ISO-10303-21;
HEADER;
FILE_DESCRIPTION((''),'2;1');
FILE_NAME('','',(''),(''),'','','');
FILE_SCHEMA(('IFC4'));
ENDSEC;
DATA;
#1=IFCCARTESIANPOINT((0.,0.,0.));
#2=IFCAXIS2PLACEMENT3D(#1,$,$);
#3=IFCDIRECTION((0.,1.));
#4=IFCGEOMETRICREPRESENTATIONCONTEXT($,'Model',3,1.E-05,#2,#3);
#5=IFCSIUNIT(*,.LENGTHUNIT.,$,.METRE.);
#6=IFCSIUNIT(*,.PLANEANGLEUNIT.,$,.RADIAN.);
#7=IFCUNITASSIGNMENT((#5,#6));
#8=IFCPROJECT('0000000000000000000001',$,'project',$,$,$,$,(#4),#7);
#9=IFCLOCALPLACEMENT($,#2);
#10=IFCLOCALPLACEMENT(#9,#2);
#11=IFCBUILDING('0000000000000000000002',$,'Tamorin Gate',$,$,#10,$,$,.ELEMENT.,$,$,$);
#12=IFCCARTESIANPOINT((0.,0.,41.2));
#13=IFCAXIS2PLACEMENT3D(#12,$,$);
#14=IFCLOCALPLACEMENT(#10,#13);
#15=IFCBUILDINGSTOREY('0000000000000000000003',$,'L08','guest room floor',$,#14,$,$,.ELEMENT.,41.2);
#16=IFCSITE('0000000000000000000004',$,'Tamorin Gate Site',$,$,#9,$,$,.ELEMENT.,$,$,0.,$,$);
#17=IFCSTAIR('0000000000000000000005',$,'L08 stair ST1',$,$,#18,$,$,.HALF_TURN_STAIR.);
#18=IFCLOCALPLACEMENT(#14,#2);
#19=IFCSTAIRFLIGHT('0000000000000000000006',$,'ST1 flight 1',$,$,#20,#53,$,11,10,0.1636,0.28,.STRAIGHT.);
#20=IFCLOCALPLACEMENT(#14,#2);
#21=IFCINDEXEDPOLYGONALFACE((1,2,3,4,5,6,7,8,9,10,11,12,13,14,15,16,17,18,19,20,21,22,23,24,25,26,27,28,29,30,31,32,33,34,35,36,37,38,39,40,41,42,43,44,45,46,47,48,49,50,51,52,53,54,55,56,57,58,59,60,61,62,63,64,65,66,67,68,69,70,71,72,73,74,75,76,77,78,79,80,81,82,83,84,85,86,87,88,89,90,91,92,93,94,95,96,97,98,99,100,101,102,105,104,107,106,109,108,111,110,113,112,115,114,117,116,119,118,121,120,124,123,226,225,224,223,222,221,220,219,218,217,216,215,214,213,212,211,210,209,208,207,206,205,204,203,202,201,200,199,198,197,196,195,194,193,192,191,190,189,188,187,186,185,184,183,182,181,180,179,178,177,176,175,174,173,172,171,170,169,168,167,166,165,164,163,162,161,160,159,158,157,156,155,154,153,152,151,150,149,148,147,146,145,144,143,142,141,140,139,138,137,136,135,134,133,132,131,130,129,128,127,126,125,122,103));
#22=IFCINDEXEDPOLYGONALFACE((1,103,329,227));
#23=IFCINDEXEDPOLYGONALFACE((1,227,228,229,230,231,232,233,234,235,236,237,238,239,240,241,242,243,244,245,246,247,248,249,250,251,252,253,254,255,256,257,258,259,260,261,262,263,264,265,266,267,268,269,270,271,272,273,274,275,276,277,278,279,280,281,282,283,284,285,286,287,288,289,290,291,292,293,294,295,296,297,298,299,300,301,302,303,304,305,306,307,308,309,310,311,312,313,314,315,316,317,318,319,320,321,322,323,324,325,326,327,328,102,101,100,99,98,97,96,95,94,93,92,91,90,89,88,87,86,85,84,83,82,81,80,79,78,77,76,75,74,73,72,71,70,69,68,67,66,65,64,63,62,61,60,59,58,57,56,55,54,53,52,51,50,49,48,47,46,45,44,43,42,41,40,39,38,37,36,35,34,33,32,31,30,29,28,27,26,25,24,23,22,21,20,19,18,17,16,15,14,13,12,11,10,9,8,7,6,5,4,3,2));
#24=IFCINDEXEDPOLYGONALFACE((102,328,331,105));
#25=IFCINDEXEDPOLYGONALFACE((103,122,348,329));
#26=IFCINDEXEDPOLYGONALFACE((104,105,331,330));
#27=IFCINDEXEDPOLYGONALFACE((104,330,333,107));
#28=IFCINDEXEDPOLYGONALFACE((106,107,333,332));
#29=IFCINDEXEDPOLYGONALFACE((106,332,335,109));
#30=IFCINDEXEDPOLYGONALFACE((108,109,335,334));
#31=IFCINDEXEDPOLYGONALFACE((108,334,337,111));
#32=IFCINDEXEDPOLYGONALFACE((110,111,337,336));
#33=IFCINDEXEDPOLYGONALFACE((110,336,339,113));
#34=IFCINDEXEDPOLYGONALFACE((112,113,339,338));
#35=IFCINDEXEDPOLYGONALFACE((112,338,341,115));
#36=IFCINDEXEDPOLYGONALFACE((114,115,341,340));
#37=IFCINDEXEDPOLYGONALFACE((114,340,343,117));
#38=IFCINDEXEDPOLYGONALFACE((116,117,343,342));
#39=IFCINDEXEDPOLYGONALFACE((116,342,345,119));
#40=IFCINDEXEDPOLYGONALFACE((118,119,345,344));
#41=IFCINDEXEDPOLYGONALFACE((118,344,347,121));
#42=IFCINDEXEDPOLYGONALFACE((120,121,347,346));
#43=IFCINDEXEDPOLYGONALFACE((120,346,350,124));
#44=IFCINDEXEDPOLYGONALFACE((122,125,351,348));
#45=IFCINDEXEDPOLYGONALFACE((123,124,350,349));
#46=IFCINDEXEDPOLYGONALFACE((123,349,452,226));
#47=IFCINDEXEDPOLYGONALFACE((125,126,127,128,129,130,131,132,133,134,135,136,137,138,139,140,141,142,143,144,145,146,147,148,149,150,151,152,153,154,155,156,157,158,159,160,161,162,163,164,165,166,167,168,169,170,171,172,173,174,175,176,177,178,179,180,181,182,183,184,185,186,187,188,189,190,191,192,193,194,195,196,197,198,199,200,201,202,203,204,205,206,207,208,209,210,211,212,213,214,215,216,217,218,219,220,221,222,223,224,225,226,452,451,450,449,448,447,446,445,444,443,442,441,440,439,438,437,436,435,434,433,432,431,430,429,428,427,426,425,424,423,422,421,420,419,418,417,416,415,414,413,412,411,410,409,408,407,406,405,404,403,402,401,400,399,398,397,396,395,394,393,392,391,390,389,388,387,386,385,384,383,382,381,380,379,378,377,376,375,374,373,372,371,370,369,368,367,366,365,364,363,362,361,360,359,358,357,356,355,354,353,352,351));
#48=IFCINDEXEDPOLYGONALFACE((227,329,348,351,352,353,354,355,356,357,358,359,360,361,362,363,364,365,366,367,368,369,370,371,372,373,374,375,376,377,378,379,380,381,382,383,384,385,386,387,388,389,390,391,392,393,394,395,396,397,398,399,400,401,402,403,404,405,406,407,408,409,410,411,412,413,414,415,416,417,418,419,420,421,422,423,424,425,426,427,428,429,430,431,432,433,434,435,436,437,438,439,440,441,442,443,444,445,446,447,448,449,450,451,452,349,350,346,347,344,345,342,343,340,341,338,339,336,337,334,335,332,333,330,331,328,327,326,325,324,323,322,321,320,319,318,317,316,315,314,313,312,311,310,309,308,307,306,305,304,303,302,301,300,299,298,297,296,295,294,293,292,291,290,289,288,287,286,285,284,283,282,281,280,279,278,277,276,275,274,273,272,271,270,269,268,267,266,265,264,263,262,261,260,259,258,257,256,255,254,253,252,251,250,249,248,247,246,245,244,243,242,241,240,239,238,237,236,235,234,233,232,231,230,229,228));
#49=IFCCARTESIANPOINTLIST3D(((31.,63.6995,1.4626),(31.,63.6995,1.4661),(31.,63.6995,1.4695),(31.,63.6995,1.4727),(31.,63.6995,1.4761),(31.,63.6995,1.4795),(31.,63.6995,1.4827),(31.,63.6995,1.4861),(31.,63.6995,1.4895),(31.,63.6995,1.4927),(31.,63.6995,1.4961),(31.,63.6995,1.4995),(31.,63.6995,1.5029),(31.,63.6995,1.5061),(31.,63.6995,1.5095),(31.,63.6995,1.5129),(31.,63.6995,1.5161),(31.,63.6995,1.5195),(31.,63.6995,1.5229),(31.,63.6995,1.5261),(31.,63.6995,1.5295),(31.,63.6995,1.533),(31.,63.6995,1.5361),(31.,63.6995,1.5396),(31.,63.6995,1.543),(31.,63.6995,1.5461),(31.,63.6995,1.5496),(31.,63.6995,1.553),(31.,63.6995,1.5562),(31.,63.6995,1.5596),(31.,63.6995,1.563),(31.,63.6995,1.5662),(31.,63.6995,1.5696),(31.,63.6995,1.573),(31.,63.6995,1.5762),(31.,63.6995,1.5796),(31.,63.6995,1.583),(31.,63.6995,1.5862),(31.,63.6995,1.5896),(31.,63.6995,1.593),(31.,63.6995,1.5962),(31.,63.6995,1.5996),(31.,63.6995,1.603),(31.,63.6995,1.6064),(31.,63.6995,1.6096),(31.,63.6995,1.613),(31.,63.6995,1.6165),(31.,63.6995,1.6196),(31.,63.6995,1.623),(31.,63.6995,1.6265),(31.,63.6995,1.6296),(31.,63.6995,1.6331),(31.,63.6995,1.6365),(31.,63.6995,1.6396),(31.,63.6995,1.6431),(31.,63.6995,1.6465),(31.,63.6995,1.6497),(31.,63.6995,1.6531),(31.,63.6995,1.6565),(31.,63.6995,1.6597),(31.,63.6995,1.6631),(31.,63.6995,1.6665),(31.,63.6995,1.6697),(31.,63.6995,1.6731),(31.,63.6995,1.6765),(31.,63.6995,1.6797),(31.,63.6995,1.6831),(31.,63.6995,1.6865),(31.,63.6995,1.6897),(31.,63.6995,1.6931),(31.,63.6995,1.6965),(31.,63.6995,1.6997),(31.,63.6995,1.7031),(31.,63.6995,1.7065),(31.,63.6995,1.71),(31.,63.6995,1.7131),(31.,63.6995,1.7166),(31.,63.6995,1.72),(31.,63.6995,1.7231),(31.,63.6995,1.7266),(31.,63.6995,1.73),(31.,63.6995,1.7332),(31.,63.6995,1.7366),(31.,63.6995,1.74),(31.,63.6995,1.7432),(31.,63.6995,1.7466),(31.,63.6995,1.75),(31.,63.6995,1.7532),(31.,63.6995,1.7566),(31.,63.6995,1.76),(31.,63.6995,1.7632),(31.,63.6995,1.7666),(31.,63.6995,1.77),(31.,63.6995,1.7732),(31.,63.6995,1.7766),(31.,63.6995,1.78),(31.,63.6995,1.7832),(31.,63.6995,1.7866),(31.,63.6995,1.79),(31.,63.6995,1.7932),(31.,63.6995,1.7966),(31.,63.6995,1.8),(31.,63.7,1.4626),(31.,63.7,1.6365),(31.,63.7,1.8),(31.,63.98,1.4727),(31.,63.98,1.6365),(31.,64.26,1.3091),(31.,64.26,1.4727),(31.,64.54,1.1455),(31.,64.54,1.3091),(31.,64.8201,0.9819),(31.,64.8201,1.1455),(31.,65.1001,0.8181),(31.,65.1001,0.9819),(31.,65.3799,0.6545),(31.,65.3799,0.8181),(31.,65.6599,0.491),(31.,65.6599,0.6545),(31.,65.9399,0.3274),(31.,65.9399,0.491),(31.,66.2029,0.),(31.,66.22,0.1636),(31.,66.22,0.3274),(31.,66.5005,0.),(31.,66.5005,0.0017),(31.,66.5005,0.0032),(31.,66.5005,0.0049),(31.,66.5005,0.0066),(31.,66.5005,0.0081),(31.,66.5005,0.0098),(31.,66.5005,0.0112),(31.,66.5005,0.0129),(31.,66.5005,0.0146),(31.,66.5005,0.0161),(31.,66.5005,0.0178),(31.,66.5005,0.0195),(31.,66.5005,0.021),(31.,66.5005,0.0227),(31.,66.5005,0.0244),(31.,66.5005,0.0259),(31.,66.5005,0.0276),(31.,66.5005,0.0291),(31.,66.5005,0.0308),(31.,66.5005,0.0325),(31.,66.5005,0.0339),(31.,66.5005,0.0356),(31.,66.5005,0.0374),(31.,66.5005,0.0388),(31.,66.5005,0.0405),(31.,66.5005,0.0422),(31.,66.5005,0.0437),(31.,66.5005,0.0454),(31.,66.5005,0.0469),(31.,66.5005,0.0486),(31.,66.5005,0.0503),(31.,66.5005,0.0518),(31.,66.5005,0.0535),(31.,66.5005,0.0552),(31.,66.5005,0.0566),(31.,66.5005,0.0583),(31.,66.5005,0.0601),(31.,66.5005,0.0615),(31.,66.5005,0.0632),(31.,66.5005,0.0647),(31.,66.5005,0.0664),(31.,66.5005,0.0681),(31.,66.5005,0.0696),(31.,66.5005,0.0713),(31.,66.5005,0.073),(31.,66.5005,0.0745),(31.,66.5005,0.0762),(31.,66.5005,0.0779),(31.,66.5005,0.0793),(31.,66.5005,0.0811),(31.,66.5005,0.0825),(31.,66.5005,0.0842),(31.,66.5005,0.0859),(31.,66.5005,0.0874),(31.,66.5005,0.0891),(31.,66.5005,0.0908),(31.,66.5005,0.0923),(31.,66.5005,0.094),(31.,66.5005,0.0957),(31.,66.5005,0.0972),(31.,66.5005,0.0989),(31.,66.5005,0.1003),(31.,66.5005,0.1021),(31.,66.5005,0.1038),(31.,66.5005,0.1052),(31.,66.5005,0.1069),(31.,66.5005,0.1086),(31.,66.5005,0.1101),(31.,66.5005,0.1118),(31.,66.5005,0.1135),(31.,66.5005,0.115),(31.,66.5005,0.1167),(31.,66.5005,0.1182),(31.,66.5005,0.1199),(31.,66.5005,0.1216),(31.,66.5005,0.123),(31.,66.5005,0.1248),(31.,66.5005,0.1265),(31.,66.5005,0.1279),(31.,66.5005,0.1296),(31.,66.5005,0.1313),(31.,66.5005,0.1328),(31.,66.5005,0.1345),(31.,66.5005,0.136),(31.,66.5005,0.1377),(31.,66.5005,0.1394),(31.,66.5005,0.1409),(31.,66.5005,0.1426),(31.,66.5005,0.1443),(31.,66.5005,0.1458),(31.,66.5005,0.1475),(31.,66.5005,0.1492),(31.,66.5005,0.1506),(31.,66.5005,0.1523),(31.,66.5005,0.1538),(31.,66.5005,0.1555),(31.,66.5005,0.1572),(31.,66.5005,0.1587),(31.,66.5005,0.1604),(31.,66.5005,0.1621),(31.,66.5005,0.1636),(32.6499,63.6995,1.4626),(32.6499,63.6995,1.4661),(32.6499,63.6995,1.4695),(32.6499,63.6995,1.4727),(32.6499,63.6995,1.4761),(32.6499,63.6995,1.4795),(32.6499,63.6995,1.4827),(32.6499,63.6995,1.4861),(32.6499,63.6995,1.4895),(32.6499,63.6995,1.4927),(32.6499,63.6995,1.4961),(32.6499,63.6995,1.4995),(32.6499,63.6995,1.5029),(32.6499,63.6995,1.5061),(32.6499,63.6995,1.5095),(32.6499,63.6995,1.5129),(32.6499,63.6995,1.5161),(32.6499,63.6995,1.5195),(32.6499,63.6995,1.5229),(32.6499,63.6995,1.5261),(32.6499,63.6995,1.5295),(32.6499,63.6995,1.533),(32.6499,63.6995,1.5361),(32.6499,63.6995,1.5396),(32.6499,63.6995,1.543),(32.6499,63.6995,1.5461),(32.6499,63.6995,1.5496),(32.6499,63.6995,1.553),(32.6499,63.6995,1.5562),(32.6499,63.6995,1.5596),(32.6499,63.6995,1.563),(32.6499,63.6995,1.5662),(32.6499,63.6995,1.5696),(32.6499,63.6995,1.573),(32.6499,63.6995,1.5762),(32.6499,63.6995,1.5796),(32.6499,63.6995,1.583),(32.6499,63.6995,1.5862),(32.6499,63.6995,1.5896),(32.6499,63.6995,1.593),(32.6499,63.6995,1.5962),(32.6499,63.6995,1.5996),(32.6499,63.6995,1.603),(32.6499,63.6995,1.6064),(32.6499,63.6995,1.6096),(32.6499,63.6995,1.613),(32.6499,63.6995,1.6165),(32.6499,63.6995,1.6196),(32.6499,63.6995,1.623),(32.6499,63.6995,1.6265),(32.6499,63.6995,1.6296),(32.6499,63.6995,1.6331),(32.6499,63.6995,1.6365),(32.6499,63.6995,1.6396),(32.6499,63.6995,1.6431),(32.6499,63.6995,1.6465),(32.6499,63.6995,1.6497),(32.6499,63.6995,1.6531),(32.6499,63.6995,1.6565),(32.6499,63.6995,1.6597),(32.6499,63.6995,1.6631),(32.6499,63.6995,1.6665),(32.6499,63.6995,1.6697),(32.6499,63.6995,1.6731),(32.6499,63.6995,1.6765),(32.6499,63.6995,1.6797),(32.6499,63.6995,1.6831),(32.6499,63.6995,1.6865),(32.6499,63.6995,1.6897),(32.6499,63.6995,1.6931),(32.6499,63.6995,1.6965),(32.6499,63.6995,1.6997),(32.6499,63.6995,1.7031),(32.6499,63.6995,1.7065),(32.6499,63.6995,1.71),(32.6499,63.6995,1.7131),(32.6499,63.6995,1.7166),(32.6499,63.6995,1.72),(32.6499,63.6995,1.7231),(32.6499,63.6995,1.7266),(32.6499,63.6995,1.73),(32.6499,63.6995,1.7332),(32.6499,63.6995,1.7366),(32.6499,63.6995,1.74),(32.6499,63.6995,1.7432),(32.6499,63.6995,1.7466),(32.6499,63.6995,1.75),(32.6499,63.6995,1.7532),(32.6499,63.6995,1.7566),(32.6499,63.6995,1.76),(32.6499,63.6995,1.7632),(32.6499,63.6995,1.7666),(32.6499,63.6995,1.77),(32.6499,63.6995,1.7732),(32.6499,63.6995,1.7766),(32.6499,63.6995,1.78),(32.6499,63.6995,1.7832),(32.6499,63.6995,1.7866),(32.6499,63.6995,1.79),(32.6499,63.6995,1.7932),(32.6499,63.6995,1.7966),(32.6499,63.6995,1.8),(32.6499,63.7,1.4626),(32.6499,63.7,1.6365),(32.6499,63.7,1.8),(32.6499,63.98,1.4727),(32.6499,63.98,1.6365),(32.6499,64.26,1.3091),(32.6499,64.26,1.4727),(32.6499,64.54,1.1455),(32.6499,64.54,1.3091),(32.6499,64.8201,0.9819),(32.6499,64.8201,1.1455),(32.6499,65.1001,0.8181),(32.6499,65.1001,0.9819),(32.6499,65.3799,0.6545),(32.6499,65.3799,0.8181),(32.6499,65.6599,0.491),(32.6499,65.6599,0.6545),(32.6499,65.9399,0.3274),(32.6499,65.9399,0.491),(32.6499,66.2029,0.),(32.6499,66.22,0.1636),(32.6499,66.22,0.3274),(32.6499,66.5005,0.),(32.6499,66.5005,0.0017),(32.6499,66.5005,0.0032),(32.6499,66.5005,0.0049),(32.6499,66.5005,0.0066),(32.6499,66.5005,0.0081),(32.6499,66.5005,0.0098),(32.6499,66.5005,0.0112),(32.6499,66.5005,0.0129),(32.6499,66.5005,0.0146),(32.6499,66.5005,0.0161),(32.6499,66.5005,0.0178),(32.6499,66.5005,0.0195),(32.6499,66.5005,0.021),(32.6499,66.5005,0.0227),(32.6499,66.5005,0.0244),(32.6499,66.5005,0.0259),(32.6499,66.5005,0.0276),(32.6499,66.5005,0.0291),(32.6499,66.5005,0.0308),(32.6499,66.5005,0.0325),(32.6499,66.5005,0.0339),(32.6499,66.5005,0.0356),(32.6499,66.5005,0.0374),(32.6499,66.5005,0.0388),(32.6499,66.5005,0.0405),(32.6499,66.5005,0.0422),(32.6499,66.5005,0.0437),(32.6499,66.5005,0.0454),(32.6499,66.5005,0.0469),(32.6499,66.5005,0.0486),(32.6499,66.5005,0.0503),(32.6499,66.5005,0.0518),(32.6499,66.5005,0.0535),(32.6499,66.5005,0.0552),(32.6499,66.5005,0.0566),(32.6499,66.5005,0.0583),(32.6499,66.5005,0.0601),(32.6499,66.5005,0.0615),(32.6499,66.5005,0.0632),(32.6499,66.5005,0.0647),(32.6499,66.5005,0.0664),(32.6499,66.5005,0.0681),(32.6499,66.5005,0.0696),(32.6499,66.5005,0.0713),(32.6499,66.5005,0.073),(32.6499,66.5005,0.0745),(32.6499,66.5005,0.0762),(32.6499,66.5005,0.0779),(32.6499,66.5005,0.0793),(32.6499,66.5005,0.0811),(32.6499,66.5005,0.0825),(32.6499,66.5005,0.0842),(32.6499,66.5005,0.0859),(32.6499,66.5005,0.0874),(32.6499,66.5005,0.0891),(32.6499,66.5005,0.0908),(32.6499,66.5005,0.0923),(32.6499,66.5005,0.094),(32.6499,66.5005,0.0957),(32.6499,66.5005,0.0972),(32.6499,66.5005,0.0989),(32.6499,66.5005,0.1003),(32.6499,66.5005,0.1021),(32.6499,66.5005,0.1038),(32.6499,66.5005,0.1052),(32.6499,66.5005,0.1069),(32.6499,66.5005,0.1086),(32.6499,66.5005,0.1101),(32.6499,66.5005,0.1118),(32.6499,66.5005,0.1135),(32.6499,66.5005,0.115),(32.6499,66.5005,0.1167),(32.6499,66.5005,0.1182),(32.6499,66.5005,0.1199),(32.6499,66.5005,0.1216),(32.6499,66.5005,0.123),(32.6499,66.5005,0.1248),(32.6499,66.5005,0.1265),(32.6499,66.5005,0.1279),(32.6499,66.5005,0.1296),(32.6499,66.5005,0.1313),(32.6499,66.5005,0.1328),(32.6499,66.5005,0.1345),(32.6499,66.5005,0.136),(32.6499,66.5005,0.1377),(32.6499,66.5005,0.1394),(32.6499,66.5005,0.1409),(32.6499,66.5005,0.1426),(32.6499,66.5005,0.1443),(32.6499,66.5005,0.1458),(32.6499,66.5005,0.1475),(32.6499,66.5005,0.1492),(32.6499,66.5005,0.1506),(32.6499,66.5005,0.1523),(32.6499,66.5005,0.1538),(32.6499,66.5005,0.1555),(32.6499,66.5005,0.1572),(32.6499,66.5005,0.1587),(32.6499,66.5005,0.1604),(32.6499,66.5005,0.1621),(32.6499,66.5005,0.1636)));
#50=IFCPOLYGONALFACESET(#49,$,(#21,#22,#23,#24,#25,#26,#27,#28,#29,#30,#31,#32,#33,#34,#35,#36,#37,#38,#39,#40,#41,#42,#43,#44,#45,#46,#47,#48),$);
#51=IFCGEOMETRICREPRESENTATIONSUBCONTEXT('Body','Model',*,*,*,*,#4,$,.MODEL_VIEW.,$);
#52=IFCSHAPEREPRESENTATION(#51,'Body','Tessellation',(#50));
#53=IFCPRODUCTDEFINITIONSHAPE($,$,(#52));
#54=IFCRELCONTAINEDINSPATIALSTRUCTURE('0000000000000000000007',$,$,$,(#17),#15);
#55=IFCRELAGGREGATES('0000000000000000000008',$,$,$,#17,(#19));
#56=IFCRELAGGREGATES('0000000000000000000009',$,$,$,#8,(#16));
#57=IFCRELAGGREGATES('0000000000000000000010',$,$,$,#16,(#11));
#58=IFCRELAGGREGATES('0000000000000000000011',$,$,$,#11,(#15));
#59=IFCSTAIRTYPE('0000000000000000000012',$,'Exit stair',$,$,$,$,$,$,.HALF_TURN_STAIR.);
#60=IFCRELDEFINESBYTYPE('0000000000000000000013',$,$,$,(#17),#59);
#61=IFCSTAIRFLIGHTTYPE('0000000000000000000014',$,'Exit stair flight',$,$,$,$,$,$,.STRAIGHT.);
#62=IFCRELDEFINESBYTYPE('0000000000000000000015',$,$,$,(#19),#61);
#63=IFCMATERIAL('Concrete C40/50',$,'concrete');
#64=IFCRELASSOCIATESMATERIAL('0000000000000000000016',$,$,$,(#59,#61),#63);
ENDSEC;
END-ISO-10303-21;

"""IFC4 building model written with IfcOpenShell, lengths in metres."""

from ifc_helpers import new_model, si_unit, direction, frame, origin, place, context, subcontext, project, spatial, polyline, outline, extrude, material, type_object, element, aggregate, save


model = new_model("IFC4")

# Units and contexts
model_context = context("Model", 3, precision=1e-05, world=origin(), true_north=direction((0.0, 1.0)))
body_context = subcontext(model_context, "Body", "Model", "MODEL_VIEW")
ifc_project = project(units=[si_unit("LENGTHUNIT", "METRE"), si_unit("PLANEANGLEUNIT", "RADIAN")], contexts=[model_context])

# Site, building, storey
site_placement = place(None, origin())
site = spatial("IfcSite", under=ifc_project, at=site_placement, Name="Tamorin Gate Site", CompositionType="ELEMENT", RefElevation=0.0)
building_placement = place(site_placement, origin())
building = spatial("IfcBuilding", under=site, at=building_placement, Name="Tamorin Gate", CompositionType="ELEMENT")
storey_placement = place(building_placement, frame((0.0, 0.0, 41.2)))
storey = spatial("IfcBuildingStorey", under=building, at=storey_placement, Name="L08", Description="guest room floor", CompositionType="ELEMENT", Elevation=41.2)

# Shared definitions
ifc_material_1 = material(Name="Concrete C40/50", Category="concrete")

# Stair, stair flight
stair_type = type_object("IfcStairType", Name="Exit stair", PredefinedType="HALF_TURN_STAIR", material=ifc_material_1)
stair_placement = place(storey_placement, origin())
stair = element("IfcStair", 1, at=stair_placement, inside=storey, type_object=stair_type, Name="L08 stair ST1", PredefinedType="HALF_TURN_STAIR")
stair_flight_type = type_object("IfcStairFlightType", Name="Exit stair flight", PredefinedType="STRAIGHT", material=ifc_material_1)
stair_flight_1_placement = place(storey_placement, frame((31.825, 66.5, 0.0), z_axis=(0.0, 0.0, 1.0), x_axis=(0.0, -1.0, 0.0)))
stair_flight_1 = element("IfcStairFlight", 2, at=stair_flight_1_placement, type_object=stair_flight_type, Name="ST1 flight 1", NumberOfRisers=11, NumberOfTreads=10, PredefinedType="STRAIGHT", RiserHeight=0.1636, TreadLength=0.28, context=body_context, shape_type="SweptSolid", body=[
    extrude(outline(polyline([(-0.0005, 0.0), (-0.0005, 0.0017), (-0.0005, 0.0032), (-0.0005, 0.0049), (-0.0005, 0.0066), (-0.0005, 0.0081), (-0.0005, 0.0098), (-0.0005, 0.0112), (-0.0005, 0.0129), (-0.0005, 0.0146), (-0.0005, 0.0161), (-0.0005, 0.0178), (-0.0005, 0.0195), (-0.0005, 0.021), (-0.0005, 0.0227), (-0.0005, 0.0244), (-0.0005, 0.0259), (-0.0005, 0.0276), (-0.0005, 0.0291), (-0.0005, 0.0308), (-0.0005, 0.0325), (-0.0005, 0.0339), (-0.0005, 0.0356), (-0.0005, 0.0374), (-0.0005, 0.0388), (-0.0005, 0.0405), (-0.0005, 0.0422), (-0.0005, 0.0437), (-0.0005, 0.0454), (-0.0005, 0.0469), (-0.0005, 0.0486), (-0.0005, 0.0503), (-0.0005, 0.0518), (-0.0005, 0.0535), (-0.0005, 0.0552), (-0.0005, 0.0566), (-0.0005, 0.0583), (-0.0005, 0.0601), (-0.0005, 0.0615), (-0.0005, 0.0632), (-0.0005, 0.0647), (-0.0005, 0.0664), (-0.0005, 0.0681), (-0.0005, 0.0696), (-0.0005, 0.0713), (-0.0005, 0.073), (-0.0005, 0.0745), (-0.0005, 0.0762), (-0.0005, 0.0779), (-0.0005, 0.0793), (-0.0005, 0.0811), (-0.0005, 0.0825), (-0.0005, 0.0842), (-0.0005, 0.0859), (-0.0005, 0.0874), (-0.0005, 0.0891), (-0.0005, 0.0908), (-0.0005, 0.0923), (-0.0005, 0.094), (-0.0005, 0.0957), (-0.0005, 0.0972), (-0.0005, 0.0989), (-0.0005, 0.1003), (-0.0005, 0.1021), (-0.0005, 0.1038), (-0.0005, 0.1052), (-0.0005, 0.1069), (-0.0005, 0.1086), (-0.0005, 0.1101), (-0.0005, 0.1118), (-0.0005, 0.1135), (-0.0005, 0.115), (-0.0005, 0.1167), (-0.0005, 0.1182), (-0.0005, 0.1199), (-0.0005, 0.1216), (-0.0005, 0.123), (-0.0005, 0.1248), (-0.0005, 0.1265), (-0.0005, 0.1279), (-0.0005, 0.1296), (-0.0005, 0.1313), (-0.0005, 0.1328), (-0.0005, 0.1345), (-0.0005, 0.136), (-0.0005, 0.1377), (-0.0005, 0.1394), (-0.0005, 0.1409), (-0.0005, 0.1426), (-0.0005, 0.1443), (-0.0005, 0.1458), (-0.0005, 0.1475), (-0.0005, 0.1492), (-0.0005, 0.1506), (-0.0005, 0.1523), (-0.0005, 0.1538), (-0.0005, 0.1555), (-0.0005, 0.1572), (-0.0005, 0.1587), (-0.0005, 0.1604), (-0.0005, 0.1621), (-0.0005, 0.1636), (0.28, 0.1636), (0.28, 0.3274), (0.5601, 0.3274), (0.5601, 0.491), (0.8401, 0.491), (0.8401, 0.6545), (1.1201, 0.6545), (1.1201, 0.8181), (1.3999, 0.8181), (1.3999, 0.9819), (1.6799, 0.9819), (1.6799, 1.1455), (1.96, 1.1455), (1.96, 1.3091), (2.24, 1.3091), (2.24, 1.4727), (2.52, 1.4727), (2.52, 1.6365), (2.8, 1.6365), (2.8, 1.8), (2.8005, 1.8), (2.8005, 1.7966), (2.8005, 1.7932), (2.8005, 1.79), (2.8005, 1.7866), (2.8005, 1.7832), (2.8005, 1.78), (2.8005, 1.7766), (2.8005, 1.7732), (2.8005, 1.77), (2.8005, 1.7666), (2.8005, 1.7632), (2.8005, 1.76), (2.8005, 1.7566), (2.8005, 1.7532), (2.8005, 1.75), (2.8005, 1.7466), (2.8005, 1.7432), (2.8005, 1.74), (2.8005, 1.7366), (2.8005, 1.7332), (2.8005, 1.73), (2.8005, 1.7266), (2.8005, 1.7231), (2.8005, 1.72), (2.8005, 1.7166), (2.8005, 1.7131), (2.8005, 1.71), (2.8005, 1.7065), (2.8005, 1.7031), (2.8005, 1.6997), (2.8005, 1.6965), (2.8005, 1.6931), (2.8005, 1.6897), (2.8005, 1.6865), (2.8005, 1.6831), (2.8005, 1.6797), (2.8005, 1.6765), (2.8005, 1.6731), (2.8005, 1.6697), (2.8005, 1.6665), (2.8005, 1.6631), (2.8005, 1.6597), (2.8005, 1.6565), (2.8005, 1.6531), (2.8005, 1.6497), (2.8005, 1.6465), (2.8005, 1.6431), (2.8005, 1.6396), (2.8005, 1.6365), (2.8005, 1.6331), (2.8005, 1.6296), (2.8005, 1.6265), (2.8005, 1.623), (2.8005, 1.6196), (2.8005, 1.6165), (2.8005, 1.613), (2.8005, 1.6096), (2.8005, 1.6064), (2.8005, 1.603), (2.8005, 1.5996), (2.8005, 1.5962), (2.8005, 1.593), (2.8005, 1.5896), (2.8005, 1.5862), (2.8005, 1.583), (2.8005, 1.5796), (2.8005, 1.5762), (2.8005, 1.573), (2.8005, 1.5696), (2.8005, 1.5662), (2.8005, 1.563), (2.8005, 1.5596), (2.8005, 1.5562), (2.8005, 1.553), (2.8005, 1.5496), (2.8005, 1.5461), (2.8005, 1.543), (2.8005, 1.5396), (2.8005, 1.5361), (2.8005, 1.533), (2.8005, 1.5295), (2.8005, 1.5261), (2.8005, 1.5229), (2.8005, 1.5195), (2.8005, 1.5161), (2.8005, 1.5129), (2.8005, 1.5095), (2.8005, 1.5061), (2.8005, 1.5029), (2.8005, 1.4995), (2.8005, 1.4961), (2.8005, 1.4927), (2.8005, 1.4895), (2.8005, 1.4861), (2.8005, 1.4827), (2.8005, 1.4795), (2.8005, 1.4761), (2.8005, 1.4727), (2.8005, 1.4695), (2.8005, 1.4661), (2.8005, 1.4626), (2.8, 1.4626), (0.2971, 0.0), (-0.0005, 0.0)])), frame((0.0, 0.825, 0.0), z_axis=(0.0, -1.0, 0.0), x_axis=(1.0, 0.0, 0.0)), (0.0, 0.0, 1.0), 1.6499),
])
aggregate(stair, [stair_flight_1])

save(model, "model.ifc")
